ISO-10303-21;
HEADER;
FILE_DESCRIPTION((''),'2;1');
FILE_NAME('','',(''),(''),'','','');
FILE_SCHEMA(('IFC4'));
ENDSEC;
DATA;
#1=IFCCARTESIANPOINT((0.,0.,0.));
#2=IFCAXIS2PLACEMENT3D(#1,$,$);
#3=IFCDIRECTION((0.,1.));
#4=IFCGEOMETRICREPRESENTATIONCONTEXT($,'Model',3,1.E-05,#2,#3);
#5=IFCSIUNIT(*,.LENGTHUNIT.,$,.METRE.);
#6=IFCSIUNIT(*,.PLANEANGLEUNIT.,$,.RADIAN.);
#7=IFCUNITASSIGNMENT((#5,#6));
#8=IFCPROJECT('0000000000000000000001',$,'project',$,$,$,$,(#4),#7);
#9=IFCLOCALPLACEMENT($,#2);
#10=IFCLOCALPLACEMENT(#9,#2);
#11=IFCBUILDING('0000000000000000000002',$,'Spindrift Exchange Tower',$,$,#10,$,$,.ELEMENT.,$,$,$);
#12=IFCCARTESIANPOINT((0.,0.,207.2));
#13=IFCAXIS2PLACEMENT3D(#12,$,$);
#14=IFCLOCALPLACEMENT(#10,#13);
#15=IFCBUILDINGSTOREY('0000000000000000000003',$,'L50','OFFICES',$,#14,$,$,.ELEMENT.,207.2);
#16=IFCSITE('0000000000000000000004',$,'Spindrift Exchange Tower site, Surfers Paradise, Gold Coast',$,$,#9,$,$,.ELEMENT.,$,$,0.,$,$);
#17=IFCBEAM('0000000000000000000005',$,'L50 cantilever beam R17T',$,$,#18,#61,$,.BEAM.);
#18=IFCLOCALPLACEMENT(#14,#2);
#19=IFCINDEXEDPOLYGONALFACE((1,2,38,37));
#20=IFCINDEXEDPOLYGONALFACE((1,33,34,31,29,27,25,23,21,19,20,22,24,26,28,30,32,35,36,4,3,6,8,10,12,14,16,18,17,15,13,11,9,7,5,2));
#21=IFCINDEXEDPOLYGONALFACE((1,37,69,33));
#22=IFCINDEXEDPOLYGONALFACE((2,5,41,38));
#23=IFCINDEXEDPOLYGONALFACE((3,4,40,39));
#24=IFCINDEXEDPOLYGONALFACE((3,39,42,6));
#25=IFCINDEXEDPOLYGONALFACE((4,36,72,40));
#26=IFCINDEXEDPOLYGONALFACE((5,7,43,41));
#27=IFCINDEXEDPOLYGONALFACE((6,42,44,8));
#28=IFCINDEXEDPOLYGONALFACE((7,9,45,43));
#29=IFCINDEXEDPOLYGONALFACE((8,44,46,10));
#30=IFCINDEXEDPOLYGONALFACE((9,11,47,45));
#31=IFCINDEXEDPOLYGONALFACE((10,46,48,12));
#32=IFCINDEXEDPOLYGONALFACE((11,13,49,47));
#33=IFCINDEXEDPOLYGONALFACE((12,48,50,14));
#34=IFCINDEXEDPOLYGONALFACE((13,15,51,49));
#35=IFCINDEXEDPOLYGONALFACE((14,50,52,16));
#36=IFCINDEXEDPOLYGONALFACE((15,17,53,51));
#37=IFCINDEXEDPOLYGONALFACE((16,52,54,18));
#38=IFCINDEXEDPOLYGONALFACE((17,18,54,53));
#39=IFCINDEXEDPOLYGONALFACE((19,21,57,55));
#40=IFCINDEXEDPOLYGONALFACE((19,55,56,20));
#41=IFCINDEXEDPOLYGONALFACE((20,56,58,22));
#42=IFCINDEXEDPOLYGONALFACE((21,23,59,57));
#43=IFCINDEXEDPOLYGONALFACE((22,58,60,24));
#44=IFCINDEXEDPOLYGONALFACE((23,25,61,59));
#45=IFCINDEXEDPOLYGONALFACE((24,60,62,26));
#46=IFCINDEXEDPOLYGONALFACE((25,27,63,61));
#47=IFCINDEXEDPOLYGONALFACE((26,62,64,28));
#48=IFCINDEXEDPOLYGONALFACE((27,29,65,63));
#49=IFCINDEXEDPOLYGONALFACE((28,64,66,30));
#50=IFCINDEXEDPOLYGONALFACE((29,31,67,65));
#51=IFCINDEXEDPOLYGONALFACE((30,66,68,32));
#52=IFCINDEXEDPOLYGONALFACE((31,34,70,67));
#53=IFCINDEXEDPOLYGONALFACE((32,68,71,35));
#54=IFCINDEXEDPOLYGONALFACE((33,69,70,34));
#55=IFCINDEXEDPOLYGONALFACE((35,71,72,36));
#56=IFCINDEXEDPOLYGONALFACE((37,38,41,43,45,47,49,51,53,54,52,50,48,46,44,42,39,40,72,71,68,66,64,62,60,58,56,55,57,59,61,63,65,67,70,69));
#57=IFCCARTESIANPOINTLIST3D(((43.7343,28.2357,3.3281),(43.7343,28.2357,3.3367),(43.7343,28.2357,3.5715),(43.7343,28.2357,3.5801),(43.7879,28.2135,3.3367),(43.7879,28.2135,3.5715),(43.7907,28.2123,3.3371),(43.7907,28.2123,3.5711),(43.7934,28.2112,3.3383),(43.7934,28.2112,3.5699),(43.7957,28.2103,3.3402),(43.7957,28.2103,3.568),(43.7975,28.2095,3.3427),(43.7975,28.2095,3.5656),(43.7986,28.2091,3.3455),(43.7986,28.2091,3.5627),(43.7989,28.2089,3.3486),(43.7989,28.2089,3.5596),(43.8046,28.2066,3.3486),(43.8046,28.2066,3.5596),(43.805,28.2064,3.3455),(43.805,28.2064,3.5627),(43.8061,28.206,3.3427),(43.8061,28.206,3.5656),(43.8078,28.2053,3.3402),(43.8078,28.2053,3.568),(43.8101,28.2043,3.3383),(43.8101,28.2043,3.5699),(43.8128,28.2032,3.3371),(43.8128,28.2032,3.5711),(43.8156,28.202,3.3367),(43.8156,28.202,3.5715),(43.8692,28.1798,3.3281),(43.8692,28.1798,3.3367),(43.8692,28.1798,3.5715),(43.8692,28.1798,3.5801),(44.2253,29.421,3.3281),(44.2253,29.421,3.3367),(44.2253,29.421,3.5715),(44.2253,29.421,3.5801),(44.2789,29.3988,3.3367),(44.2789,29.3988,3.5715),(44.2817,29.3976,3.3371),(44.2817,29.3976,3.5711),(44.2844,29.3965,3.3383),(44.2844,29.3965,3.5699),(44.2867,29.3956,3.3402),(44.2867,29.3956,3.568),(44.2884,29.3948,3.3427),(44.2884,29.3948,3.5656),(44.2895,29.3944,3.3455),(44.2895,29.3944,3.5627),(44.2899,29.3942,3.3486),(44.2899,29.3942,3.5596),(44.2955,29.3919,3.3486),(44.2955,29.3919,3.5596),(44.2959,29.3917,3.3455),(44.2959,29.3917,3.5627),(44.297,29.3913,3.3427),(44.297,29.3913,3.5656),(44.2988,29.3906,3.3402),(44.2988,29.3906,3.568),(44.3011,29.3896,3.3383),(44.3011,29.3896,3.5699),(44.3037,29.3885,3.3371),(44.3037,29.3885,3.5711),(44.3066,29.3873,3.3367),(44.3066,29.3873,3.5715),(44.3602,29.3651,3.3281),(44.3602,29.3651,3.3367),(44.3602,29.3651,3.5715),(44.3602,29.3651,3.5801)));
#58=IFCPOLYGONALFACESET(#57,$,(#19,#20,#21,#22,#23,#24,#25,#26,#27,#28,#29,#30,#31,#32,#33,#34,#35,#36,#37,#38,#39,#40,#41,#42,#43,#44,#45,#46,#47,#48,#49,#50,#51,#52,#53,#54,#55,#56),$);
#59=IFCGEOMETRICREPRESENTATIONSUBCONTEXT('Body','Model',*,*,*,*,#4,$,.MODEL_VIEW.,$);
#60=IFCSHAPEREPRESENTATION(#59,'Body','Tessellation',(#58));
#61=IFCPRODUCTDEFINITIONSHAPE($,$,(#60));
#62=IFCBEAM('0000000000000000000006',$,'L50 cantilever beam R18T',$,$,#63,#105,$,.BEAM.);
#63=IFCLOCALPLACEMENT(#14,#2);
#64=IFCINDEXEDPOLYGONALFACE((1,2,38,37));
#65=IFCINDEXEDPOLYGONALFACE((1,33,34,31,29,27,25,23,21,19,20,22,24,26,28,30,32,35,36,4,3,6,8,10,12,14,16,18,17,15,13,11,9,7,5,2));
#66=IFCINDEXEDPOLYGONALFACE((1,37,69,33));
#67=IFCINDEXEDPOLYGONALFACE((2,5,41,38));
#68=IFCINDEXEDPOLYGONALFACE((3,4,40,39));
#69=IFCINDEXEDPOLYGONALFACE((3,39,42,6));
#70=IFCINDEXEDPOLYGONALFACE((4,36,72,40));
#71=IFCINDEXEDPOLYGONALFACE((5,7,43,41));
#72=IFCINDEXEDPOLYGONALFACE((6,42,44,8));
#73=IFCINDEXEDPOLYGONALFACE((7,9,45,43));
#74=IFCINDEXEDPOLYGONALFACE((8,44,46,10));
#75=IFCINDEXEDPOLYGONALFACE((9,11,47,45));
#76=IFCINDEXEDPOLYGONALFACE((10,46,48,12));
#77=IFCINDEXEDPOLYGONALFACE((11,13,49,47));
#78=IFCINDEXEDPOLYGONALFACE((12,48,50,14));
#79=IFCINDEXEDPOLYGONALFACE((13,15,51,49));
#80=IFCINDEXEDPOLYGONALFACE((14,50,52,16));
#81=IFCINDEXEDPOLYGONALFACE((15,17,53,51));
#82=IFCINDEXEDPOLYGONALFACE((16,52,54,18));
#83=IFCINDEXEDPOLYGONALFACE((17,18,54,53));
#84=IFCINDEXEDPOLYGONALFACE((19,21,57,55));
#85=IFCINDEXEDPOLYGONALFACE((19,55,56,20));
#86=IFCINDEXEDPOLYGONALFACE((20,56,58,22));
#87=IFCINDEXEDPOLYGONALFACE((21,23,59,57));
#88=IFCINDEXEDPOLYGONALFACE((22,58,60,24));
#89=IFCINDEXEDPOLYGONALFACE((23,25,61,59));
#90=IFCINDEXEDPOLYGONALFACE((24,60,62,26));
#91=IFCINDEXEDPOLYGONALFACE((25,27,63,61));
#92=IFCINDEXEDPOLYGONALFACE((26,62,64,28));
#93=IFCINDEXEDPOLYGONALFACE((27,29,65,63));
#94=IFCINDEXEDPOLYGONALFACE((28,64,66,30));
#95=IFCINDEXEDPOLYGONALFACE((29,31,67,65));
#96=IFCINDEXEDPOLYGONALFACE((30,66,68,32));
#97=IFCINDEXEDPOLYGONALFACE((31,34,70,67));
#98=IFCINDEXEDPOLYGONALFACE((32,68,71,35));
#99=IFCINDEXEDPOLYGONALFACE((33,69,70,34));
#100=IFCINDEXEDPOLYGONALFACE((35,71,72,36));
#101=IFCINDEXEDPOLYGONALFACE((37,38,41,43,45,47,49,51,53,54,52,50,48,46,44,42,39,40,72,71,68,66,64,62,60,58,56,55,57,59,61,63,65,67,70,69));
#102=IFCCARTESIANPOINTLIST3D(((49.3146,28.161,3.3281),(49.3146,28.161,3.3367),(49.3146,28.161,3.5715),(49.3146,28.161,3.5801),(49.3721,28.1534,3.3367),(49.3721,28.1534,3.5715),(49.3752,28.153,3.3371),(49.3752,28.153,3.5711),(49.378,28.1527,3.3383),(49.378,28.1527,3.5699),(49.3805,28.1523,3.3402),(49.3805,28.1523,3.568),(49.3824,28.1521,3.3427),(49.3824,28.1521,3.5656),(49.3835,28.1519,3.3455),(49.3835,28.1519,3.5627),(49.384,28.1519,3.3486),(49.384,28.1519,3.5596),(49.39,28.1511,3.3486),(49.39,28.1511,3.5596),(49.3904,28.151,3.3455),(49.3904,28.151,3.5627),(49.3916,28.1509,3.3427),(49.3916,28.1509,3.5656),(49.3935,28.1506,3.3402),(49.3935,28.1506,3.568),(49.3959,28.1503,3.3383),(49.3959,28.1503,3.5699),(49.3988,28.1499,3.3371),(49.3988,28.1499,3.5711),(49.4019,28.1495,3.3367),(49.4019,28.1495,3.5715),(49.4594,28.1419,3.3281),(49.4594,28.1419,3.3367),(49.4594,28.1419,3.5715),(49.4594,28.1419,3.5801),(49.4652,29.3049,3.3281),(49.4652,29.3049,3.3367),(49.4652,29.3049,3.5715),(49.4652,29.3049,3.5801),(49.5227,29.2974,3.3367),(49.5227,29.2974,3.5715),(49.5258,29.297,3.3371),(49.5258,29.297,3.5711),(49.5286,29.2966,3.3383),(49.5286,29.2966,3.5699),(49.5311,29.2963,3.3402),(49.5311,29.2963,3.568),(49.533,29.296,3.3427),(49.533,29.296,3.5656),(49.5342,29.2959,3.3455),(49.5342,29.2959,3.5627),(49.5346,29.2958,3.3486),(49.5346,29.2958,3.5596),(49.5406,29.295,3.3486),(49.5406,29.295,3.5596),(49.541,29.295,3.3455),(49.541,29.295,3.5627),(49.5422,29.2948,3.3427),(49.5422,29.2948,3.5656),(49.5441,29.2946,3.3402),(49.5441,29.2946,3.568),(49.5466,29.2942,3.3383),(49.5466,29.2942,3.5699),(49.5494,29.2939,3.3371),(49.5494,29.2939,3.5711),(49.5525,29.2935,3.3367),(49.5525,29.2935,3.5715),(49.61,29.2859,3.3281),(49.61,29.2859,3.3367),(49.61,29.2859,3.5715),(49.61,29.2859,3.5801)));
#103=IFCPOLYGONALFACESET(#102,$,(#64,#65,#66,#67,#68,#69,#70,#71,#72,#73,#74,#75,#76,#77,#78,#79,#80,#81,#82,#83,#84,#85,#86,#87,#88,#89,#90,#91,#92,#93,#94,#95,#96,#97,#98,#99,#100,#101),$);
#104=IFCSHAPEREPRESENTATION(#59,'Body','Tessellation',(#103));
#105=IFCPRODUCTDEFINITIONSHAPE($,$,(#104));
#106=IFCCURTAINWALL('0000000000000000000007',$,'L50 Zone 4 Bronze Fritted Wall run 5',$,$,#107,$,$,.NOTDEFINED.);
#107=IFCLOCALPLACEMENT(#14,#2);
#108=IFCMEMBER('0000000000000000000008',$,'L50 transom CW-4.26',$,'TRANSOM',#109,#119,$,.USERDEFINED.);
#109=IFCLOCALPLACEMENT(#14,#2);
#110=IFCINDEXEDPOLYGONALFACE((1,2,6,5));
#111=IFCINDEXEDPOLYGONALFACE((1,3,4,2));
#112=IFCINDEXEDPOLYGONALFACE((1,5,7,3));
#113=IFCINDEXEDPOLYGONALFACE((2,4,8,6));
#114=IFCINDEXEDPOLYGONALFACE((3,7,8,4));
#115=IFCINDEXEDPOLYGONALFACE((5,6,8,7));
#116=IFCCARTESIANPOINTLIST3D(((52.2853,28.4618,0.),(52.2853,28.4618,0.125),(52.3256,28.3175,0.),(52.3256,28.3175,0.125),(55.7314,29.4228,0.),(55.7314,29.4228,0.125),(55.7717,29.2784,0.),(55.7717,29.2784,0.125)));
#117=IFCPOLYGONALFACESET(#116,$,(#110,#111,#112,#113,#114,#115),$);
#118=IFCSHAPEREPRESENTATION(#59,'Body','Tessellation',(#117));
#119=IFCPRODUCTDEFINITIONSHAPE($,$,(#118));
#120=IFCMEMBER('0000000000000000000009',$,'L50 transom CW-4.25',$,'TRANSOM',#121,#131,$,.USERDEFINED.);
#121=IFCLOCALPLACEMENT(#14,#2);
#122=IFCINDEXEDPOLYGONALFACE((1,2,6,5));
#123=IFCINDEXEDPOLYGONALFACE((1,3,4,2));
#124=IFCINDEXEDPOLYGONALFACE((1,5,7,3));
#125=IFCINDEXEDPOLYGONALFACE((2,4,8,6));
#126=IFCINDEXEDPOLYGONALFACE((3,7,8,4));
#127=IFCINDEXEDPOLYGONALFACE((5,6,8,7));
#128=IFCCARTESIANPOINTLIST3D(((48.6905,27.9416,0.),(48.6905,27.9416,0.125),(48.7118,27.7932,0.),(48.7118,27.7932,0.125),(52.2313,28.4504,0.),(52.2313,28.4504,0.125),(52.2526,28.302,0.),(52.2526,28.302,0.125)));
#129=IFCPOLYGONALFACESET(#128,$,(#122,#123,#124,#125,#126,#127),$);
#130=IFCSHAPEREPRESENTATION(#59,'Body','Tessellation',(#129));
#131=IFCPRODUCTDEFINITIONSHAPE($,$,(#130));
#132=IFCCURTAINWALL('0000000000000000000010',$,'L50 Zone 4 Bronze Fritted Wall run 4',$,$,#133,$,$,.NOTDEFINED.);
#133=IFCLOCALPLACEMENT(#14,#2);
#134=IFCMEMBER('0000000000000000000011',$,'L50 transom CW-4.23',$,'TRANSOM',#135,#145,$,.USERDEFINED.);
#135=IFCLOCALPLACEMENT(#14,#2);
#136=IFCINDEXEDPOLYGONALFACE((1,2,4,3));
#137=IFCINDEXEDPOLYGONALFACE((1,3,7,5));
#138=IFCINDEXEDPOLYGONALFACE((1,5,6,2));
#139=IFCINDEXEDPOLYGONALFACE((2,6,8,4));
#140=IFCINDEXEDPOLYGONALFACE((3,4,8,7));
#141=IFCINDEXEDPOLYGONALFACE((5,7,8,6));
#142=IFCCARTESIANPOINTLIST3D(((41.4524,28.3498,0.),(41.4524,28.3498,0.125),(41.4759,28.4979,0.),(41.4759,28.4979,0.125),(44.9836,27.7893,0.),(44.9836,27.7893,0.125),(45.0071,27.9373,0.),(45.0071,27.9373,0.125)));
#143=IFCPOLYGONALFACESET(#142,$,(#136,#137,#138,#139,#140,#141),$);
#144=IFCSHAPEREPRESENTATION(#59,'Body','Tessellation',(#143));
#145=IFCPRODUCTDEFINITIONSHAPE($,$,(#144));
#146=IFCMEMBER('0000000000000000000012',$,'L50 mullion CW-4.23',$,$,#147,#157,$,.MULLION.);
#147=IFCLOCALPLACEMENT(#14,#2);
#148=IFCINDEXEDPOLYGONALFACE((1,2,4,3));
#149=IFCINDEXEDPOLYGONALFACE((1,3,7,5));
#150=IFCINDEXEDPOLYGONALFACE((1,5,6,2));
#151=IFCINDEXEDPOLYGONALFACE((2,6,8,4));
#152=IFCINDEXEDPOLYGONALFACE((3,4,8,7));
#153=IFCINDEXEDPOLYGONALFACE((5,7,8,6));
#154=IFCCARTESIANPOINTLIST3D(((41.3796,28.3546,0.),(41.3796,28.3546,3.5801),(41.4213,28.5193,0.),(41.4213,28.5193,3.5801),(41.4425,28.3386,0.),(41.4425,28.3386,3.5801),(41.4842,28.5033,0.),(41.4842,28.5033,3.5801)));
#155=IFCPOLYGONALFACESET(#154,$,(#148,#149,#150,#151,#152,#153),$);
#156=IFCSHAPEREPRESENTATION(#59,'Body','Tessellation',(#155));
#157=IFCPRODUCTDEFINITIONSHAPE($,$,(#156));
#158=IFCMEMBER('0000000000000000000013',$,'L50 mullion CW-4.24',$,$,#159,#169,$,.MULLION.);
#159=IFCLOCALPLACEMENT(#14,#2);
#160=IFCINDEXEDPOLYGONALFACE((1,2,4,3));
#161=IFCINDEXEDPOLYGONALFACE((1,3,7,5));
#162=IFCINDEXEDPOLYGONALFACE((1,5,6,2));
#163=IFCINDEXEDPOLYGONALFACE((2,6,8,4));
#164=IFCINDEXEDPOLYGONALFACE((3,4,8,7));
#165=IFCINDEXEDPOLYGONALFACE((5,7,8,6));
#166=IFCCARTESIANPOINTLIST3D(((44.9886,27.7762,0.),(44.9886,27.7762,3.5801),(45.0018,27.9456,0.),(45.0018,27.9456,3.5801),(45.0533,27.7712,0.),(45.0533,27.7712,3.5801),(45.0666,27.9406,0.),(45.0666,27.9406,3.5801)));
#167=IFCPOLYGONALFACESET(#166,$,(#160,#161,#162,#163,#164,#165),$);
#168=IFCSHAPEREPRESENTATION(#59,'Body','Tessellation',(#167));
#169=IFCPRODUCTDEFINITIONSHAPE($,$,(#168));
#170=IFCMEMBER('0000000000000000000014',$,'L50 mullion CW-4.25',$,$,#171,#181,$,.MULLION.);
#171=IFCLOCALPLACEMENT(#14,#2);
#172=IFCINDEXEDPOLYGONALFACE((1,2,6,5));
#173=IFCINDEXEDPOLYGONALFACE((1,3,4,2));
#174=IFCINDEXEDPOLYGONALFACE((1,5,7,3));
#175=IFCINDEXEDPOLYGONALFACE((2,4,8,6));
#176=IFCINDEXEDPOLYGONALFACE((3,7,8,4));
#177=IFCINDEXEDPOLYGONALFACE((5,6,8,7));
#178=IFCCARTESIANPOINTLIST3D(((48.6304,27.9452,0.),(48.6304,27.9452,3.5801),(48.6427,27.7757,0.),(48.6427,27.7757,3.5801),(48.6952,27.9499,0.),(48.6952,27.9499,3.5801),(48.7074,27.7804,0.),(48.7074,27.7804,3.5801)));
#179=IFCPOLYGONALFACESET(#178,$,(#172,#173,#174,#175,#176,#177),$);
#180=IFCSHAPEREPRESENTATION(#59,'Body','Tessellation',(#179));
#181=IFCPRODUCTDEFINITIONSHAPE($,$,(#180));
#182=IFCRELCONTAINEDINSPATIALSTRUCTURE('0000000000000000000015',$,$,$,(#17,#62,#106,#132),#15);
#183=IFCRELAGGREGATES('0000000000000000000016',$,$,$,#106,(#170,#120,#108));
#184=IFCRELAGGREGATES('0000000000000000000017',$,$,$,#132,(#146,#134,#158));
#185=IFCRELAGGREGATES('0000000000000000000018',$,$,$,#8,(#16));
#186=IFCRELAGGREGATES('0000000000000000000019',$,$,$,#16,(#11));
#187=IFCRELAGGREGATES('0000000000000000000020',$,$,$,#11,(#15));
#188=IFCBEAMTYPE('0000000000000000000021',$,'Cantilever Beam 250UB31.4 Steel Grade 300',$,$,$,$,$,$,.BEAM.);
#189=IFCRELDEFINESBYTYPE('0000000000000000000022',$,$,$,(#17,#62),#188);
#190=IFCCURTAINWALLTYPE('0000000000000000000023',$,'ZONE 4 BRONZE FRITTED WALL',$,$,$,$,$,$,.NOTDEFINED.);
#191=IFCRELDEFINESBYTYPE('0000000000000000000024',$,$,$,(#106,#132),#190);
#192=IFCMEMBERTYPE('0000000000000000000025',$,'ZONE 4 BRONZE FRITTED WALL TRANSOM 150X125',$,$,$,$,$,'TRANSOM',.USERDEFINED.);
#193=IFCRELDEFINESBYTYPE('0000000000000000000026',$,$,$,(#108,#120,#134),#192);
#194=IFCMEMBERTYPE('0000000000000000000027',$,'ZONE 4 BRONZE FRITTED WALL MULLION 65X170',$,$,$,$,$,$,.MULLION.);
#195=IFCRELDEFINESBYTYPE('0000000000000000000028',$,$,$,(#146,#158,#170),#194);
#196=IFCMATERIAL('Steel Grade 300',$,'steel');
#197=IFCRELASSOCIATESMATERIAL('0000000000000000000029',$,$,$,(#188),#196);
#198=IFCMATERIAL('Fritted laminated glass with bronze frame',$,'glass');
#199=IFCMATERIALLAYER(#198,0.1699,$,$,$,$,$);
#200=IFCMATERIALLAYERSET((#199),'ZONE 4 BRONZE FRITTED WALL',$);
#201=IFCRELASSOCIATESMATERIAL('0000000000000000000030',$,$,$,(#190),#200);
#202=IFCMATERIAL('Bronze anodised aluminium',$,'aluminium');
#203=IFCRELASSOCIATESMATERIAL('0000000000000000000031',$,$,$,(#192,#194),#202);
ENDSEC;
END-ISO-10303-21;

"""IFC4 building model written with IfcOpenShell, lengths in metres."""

from ifc_helpers import new_model, si_unit, direction, frame, origin, origin_2d, place, context, subcontext, project, spatial, rectangle, i_section, extrude, source, transform, mapped, material, layer, layer_set, material_profile, profile_set, type_object, element, aggregate, save


model = new_model("IFC4")

# Units and contexts
model_context = context("Model", 3, precision=1e-05, world=origin(), true_north=direction((0.0, 1.0)))
body_context = subcontext(model_context, "Body", "Model", "MODEL_VIEW")
ifc_project = project(units=[si_unit("LENGTHUNIT", "METRE"), si_unit("PLANEANGLEUNIT", "RADIAN")], contexts=[model_context])

# Site, building, storey
site_placement = place(None, origin())
site = spatial("IfcSite", under=ifc_project, at=site_placement, Name="Spindrift Exchange Tower site, Surfers Paradise, Gold Coast", CompositionType="ELEMENT", RefElevation=0.0)
building_placement = place(site_placement, origin())
building = spatial("IfcBuilding", under=site, at=building_placement, Name="Spindrift Exchange Tower", CompositionType="ELEMENT")
storey_placement = place(building_placement, frame((0.0, 0.0, 207.2)))
storey = spatial("IfcBuildingStorey", under=building, at=storey_placement, Name="L50", Description="OFFICES", CompositionType="ELEMENT", Elevation=207.2)

# Beams
ifc_material_1 = material(Name="Steel Grade 300", Category="steel")
ifc_material_profile_1 = material_profile(ifc_material_1, i_section(OverallWidth=0.146, OverallDepth=0.252, WebThickness=0.0061, FlangeThickness=0.0085, FilletRadius=0.012, at=origin_2d()), Name="250UB31.4")
ifc_profile_set_1 = profile_set([ifc_material_profile_1], Name="Steel Grade 300")
beam_type_1 = type_object("IfcBeamType", Name="Cantilever Beam 250UB31.4 Steel Grade 300", PredefinedType="BEAM", material=ifc_profile_set_1)
shared_shape_1 = source(origin(), body_context, "Body", "SweptSolid", [
    extrude(i_section(OverallWidth=0.146, OverallDepth=0.252, WebThickness=0.0061, FlangeThickness=0.0085, FilletRadius=0.012, at=origin_2d()), origin(), (0.0, 0.0, 1.0), 1.283),
])
beam_1_placement = place(storey_placement, frame((44.2927, 29.3931, 3.4541), z_axis=(-0.382682, -0.92388, 0.0), x_axis=(0.92388, -0.382682, 0.0)))
element("IfcBeam", 1, at=beam_1_placement, inside=storey, type_object=beam_type_1, Name="L50 cantilever beam R17T", PredefinedType="BEAM", context=body_context, shape_type="MappedRepresentation", body=[
    mapped(shared_shape_1, transform((0.0, 0.0, 0.0), scale=1.0)),
])
shared_shape_2 = source(origin(), body_context, "Body", "SweptSolid", [
    extrude(i_section(OverallWidth=0.146, OverallDepth=0.252, WebThickness=0.0061, FlangeThickness=0.0085, FilletRadius=0.012, at=origin_2d()), origin(), (0.0, 0.0, 1.0), 1.1538),
])
beam_2_placement = place(storey_placement, frame((49.5376, 29.2954, 3.4541), z_axis=(-0.130542, -0.991443, 0.0), x_axis=(0.991443, -0.130542, 0.0)))
element("IfcBeam", 2, at=beam_2_placement, inside=storey, type_object=beam_type_1, Name="L50 cantilever beam R18T", PredefinedType="BEAM", context=body_context, shape_type="MappedRepresentation", body=[
    mapped(shared_shape_2, transform((0.0, 0.0, 0.0), scale=1.0)),
])

# Curtain walls, members
ifc_material_2 = material(Name="Fritted laminated glass with bronze frame", Category="glass")
ifc_layer_1 = layer(ifc_material_2, 0.1699)
ifc_layer_set_1 = layer_set([ifc_layer_1], Name="ZONE 4 BRONZE FRITTED WALL")
curtain_wall_type = type_object("IfcCurtainWallType", Name="ZONE 4 BRONZE FRITTED WALL", PredefinedType="NOTDEFINED", material=ifc_layer_set_1)
curtain_wall_1_placement = place(storey_placement, origin())
curtain_wall_1 = element("IfcCurtainWall", 3, at=curtain_wall_1_placement, inside=storey, type_object=curtain_wall_type, Name="L50 Zone 4 Bronze Fritted Wall run 5", PredefinedType="NOTDEFINED")
ifc_material_3 = material(Name="Bronze anodised aluminium", Category="aluminium")
ifc_material_profile_2 = material_profile(ifc_material_3, rectangle(XDim=0.1499, YDim=0.125, at=origin_2d()), Name="ZONE 4 BRONZE FRITTED WALL TRANSOM 150X125")
ifc_profile_set_2 = profile_set([ifc_material_profile_2], Name="Bronze anodised aluminium")
member_type_1 = type_object("IfcMemberType", Name="ZONE 4 BRONZE FRITTED WALL TRANSOM 150X125", ElementType="TRANSOM", PredefinedType="USERDEFINED", material=ifc_profile_set_2)
shared_shape_3 = source(origin(), body_context, "Body", "SweptSolid", [
    extrude(rectangle(XDim=0.1499, YDim=0.125, at=origin_2d()), origin(), (0.0, 0.0, 1.0), 3.5776),
])
member_1_placement = place(storey_placement, frame((52.3054, 28.3896, 0.0625), z_axis=(0.963251, 0.268605, 0.0), x_axis=(-0.268605, 0.963251, 0.0)))
member_1 = element("IfcMember", 4, at=member_1_placement, type_object=member_type_1, Name="L50 transom CW-4.26", ObjectType="TRANSOM", PredefinedType="USERDEFINED", context=body_context, shape_type="MappedRepresentation", body=[
    mapped(shared_shape_3, transform((0.0, 0.0, 0.0), scale=1.0)),
])
shared_shape_4 = source(origin(), body_context, "Body", "SweptSolid", [
    extrude(rectangle(XDim=0.1499, YDim=0.125, at=origin_2d()), origin(), (0.0, 0.0, 1.0), 3.5771),
])
member_2_placement = place(storey_placement, frame((48.7012, 27.8674, 0.0625), z_axis=(0.989833, 0.142233, 0.0), x_axis=(-0.142233, 0.989833, 0.0)))
member_2 = element("IfcMember", 5, at=member_2_placement, type_object=member_type_1, Name="L50 transom CW-4.25", ObjectType="TRANSOM", PredefinedType="USERDEFINED", context=body_context, shape_type="MappedRepresentation", body=[
    mapped(shared_shape_4, transform((0.0, 0.0, 0.0), scale=1.0)),
])
curtain_wall_2_placement = place(storey_placement, origin())
curtain_wall_2 = element("IfcCurtainWall", 6, at=curtain_wall_2_placement, inside=storey, type_object=curtain_wall_type, Name="L50 Zone 4 Bronze Fritted Wall run 4", PredefinedType="NOTDEFINED")
shared_shape_5 = source(origin(), body_context, "Body", "SweptSolid", [
    extrude(rectangle(XDim=0.1499, YDim=0.125, at=origin_2d()), origin(), (0.0, 0.0, 1.0), 3.5754),
])
member_3_placement = place(storey_placement, frame((41.4641, 28.4238, 0.0625), z_axis=(0.987634, -0.156776, 0.0), x_axis=(0.156776, 0.987634, 0.0)))
member_3 = element("IfcMember", 7, at=member_3_placement, type_object=member_type_1, Name="L50 transom CW-4.23", ObjectType="TRANSOM", PredefinedType="USERDEFINED", context=body_context, shape_type="MappedRepresentation", body=[
    mapped(shared_shape_5, transform((0.0, 0.0, 0.0), scale=1.0)),
])
ifc_material_profile_3 = material_profile(ifc_material_3, rectangle(XDim=0.0649, YDim=0.1699, at=origin_2d()), Name="ZONE 4 BRONZE FRITTED WALL MULLION 65X170")
ifc_profile_set_3 = profile_set([ifc_material_profile_3], Name="Bronze anodised aluminium")
member_type_2 = type_object("IfcMemberType", Name="ZONE 4 BRONZE FRITTED WALL MULLION 65X170", PredefinedType="MULLION", material=ifc_profile_set_3)
shared_shape_6 = source(origin(), body_context, "Body", "SweptSolid", [
    extrude(rectangle(XDim=0.0649, YDim=0.1699, at=origin_2d()), origin(), (0.0, 0.0, 1.0), 3.5801),
])
member_4_placement = place(storey_placement, frame((41.4319, 28.429, 0.0), z_axis=(0.0, 0.0, 1.0), x_axis=(0.969414, -0.24543, 0.0)))
member_4 = element("IfcMember", 8, at=member_4_placement, type_object=member_type_2, Name="L50 mullion CW-4.23", PredefinedType="MULLION", context=body_context, shape_type="MappedRepresentation", body=[
    mapped(shared_shape_6, transform((0.0, 0.0, 0.0), scale=1.0)),
])
member_5_placement = place(storey_placement, frame((45.0276, 27.8584, 0.0), z_axis=(0.0, 0.0, 1.0), x_axis=(0.996954, -0.077996, 0.0)))
member_5 = element("IfcMember", 9, at=member_5_placement, type_object=member_type_2, Name="L50 mullion CW-4.24", PredefinedType="MULLION", context=body_context, shape_type="MappedRepresentation", body=[
    mapped(shared_shape_6, transform((0.0, 0.0, 0.0), scale=1.0)),
])

# Member
member_6_placement = place(storey_placement, frame((48.6689, 27.8628, 0.0), z_axis=(0.0, 0.0, 1.0), x_axis=(0.997411, 0.071908, 0.0)))
member_6 = element("IfcMember", 10, at=member_6_placement, type_object=member_type_2, Name="L50 mullion CW-4.25", PredefinedType="MULLION", context=body_context, shape_type="MappedRepresentation", body=[
    mapped(shared_shape_6, transform((0.0, 0.0, 0.0), scale=1.0)),
])

aggregate(curtain_wall_1, [member_6, member_2, member_1])
aggregate(curtain_wall_2, [member_4, member_3, member_5])

save(model, "model.ifc")
